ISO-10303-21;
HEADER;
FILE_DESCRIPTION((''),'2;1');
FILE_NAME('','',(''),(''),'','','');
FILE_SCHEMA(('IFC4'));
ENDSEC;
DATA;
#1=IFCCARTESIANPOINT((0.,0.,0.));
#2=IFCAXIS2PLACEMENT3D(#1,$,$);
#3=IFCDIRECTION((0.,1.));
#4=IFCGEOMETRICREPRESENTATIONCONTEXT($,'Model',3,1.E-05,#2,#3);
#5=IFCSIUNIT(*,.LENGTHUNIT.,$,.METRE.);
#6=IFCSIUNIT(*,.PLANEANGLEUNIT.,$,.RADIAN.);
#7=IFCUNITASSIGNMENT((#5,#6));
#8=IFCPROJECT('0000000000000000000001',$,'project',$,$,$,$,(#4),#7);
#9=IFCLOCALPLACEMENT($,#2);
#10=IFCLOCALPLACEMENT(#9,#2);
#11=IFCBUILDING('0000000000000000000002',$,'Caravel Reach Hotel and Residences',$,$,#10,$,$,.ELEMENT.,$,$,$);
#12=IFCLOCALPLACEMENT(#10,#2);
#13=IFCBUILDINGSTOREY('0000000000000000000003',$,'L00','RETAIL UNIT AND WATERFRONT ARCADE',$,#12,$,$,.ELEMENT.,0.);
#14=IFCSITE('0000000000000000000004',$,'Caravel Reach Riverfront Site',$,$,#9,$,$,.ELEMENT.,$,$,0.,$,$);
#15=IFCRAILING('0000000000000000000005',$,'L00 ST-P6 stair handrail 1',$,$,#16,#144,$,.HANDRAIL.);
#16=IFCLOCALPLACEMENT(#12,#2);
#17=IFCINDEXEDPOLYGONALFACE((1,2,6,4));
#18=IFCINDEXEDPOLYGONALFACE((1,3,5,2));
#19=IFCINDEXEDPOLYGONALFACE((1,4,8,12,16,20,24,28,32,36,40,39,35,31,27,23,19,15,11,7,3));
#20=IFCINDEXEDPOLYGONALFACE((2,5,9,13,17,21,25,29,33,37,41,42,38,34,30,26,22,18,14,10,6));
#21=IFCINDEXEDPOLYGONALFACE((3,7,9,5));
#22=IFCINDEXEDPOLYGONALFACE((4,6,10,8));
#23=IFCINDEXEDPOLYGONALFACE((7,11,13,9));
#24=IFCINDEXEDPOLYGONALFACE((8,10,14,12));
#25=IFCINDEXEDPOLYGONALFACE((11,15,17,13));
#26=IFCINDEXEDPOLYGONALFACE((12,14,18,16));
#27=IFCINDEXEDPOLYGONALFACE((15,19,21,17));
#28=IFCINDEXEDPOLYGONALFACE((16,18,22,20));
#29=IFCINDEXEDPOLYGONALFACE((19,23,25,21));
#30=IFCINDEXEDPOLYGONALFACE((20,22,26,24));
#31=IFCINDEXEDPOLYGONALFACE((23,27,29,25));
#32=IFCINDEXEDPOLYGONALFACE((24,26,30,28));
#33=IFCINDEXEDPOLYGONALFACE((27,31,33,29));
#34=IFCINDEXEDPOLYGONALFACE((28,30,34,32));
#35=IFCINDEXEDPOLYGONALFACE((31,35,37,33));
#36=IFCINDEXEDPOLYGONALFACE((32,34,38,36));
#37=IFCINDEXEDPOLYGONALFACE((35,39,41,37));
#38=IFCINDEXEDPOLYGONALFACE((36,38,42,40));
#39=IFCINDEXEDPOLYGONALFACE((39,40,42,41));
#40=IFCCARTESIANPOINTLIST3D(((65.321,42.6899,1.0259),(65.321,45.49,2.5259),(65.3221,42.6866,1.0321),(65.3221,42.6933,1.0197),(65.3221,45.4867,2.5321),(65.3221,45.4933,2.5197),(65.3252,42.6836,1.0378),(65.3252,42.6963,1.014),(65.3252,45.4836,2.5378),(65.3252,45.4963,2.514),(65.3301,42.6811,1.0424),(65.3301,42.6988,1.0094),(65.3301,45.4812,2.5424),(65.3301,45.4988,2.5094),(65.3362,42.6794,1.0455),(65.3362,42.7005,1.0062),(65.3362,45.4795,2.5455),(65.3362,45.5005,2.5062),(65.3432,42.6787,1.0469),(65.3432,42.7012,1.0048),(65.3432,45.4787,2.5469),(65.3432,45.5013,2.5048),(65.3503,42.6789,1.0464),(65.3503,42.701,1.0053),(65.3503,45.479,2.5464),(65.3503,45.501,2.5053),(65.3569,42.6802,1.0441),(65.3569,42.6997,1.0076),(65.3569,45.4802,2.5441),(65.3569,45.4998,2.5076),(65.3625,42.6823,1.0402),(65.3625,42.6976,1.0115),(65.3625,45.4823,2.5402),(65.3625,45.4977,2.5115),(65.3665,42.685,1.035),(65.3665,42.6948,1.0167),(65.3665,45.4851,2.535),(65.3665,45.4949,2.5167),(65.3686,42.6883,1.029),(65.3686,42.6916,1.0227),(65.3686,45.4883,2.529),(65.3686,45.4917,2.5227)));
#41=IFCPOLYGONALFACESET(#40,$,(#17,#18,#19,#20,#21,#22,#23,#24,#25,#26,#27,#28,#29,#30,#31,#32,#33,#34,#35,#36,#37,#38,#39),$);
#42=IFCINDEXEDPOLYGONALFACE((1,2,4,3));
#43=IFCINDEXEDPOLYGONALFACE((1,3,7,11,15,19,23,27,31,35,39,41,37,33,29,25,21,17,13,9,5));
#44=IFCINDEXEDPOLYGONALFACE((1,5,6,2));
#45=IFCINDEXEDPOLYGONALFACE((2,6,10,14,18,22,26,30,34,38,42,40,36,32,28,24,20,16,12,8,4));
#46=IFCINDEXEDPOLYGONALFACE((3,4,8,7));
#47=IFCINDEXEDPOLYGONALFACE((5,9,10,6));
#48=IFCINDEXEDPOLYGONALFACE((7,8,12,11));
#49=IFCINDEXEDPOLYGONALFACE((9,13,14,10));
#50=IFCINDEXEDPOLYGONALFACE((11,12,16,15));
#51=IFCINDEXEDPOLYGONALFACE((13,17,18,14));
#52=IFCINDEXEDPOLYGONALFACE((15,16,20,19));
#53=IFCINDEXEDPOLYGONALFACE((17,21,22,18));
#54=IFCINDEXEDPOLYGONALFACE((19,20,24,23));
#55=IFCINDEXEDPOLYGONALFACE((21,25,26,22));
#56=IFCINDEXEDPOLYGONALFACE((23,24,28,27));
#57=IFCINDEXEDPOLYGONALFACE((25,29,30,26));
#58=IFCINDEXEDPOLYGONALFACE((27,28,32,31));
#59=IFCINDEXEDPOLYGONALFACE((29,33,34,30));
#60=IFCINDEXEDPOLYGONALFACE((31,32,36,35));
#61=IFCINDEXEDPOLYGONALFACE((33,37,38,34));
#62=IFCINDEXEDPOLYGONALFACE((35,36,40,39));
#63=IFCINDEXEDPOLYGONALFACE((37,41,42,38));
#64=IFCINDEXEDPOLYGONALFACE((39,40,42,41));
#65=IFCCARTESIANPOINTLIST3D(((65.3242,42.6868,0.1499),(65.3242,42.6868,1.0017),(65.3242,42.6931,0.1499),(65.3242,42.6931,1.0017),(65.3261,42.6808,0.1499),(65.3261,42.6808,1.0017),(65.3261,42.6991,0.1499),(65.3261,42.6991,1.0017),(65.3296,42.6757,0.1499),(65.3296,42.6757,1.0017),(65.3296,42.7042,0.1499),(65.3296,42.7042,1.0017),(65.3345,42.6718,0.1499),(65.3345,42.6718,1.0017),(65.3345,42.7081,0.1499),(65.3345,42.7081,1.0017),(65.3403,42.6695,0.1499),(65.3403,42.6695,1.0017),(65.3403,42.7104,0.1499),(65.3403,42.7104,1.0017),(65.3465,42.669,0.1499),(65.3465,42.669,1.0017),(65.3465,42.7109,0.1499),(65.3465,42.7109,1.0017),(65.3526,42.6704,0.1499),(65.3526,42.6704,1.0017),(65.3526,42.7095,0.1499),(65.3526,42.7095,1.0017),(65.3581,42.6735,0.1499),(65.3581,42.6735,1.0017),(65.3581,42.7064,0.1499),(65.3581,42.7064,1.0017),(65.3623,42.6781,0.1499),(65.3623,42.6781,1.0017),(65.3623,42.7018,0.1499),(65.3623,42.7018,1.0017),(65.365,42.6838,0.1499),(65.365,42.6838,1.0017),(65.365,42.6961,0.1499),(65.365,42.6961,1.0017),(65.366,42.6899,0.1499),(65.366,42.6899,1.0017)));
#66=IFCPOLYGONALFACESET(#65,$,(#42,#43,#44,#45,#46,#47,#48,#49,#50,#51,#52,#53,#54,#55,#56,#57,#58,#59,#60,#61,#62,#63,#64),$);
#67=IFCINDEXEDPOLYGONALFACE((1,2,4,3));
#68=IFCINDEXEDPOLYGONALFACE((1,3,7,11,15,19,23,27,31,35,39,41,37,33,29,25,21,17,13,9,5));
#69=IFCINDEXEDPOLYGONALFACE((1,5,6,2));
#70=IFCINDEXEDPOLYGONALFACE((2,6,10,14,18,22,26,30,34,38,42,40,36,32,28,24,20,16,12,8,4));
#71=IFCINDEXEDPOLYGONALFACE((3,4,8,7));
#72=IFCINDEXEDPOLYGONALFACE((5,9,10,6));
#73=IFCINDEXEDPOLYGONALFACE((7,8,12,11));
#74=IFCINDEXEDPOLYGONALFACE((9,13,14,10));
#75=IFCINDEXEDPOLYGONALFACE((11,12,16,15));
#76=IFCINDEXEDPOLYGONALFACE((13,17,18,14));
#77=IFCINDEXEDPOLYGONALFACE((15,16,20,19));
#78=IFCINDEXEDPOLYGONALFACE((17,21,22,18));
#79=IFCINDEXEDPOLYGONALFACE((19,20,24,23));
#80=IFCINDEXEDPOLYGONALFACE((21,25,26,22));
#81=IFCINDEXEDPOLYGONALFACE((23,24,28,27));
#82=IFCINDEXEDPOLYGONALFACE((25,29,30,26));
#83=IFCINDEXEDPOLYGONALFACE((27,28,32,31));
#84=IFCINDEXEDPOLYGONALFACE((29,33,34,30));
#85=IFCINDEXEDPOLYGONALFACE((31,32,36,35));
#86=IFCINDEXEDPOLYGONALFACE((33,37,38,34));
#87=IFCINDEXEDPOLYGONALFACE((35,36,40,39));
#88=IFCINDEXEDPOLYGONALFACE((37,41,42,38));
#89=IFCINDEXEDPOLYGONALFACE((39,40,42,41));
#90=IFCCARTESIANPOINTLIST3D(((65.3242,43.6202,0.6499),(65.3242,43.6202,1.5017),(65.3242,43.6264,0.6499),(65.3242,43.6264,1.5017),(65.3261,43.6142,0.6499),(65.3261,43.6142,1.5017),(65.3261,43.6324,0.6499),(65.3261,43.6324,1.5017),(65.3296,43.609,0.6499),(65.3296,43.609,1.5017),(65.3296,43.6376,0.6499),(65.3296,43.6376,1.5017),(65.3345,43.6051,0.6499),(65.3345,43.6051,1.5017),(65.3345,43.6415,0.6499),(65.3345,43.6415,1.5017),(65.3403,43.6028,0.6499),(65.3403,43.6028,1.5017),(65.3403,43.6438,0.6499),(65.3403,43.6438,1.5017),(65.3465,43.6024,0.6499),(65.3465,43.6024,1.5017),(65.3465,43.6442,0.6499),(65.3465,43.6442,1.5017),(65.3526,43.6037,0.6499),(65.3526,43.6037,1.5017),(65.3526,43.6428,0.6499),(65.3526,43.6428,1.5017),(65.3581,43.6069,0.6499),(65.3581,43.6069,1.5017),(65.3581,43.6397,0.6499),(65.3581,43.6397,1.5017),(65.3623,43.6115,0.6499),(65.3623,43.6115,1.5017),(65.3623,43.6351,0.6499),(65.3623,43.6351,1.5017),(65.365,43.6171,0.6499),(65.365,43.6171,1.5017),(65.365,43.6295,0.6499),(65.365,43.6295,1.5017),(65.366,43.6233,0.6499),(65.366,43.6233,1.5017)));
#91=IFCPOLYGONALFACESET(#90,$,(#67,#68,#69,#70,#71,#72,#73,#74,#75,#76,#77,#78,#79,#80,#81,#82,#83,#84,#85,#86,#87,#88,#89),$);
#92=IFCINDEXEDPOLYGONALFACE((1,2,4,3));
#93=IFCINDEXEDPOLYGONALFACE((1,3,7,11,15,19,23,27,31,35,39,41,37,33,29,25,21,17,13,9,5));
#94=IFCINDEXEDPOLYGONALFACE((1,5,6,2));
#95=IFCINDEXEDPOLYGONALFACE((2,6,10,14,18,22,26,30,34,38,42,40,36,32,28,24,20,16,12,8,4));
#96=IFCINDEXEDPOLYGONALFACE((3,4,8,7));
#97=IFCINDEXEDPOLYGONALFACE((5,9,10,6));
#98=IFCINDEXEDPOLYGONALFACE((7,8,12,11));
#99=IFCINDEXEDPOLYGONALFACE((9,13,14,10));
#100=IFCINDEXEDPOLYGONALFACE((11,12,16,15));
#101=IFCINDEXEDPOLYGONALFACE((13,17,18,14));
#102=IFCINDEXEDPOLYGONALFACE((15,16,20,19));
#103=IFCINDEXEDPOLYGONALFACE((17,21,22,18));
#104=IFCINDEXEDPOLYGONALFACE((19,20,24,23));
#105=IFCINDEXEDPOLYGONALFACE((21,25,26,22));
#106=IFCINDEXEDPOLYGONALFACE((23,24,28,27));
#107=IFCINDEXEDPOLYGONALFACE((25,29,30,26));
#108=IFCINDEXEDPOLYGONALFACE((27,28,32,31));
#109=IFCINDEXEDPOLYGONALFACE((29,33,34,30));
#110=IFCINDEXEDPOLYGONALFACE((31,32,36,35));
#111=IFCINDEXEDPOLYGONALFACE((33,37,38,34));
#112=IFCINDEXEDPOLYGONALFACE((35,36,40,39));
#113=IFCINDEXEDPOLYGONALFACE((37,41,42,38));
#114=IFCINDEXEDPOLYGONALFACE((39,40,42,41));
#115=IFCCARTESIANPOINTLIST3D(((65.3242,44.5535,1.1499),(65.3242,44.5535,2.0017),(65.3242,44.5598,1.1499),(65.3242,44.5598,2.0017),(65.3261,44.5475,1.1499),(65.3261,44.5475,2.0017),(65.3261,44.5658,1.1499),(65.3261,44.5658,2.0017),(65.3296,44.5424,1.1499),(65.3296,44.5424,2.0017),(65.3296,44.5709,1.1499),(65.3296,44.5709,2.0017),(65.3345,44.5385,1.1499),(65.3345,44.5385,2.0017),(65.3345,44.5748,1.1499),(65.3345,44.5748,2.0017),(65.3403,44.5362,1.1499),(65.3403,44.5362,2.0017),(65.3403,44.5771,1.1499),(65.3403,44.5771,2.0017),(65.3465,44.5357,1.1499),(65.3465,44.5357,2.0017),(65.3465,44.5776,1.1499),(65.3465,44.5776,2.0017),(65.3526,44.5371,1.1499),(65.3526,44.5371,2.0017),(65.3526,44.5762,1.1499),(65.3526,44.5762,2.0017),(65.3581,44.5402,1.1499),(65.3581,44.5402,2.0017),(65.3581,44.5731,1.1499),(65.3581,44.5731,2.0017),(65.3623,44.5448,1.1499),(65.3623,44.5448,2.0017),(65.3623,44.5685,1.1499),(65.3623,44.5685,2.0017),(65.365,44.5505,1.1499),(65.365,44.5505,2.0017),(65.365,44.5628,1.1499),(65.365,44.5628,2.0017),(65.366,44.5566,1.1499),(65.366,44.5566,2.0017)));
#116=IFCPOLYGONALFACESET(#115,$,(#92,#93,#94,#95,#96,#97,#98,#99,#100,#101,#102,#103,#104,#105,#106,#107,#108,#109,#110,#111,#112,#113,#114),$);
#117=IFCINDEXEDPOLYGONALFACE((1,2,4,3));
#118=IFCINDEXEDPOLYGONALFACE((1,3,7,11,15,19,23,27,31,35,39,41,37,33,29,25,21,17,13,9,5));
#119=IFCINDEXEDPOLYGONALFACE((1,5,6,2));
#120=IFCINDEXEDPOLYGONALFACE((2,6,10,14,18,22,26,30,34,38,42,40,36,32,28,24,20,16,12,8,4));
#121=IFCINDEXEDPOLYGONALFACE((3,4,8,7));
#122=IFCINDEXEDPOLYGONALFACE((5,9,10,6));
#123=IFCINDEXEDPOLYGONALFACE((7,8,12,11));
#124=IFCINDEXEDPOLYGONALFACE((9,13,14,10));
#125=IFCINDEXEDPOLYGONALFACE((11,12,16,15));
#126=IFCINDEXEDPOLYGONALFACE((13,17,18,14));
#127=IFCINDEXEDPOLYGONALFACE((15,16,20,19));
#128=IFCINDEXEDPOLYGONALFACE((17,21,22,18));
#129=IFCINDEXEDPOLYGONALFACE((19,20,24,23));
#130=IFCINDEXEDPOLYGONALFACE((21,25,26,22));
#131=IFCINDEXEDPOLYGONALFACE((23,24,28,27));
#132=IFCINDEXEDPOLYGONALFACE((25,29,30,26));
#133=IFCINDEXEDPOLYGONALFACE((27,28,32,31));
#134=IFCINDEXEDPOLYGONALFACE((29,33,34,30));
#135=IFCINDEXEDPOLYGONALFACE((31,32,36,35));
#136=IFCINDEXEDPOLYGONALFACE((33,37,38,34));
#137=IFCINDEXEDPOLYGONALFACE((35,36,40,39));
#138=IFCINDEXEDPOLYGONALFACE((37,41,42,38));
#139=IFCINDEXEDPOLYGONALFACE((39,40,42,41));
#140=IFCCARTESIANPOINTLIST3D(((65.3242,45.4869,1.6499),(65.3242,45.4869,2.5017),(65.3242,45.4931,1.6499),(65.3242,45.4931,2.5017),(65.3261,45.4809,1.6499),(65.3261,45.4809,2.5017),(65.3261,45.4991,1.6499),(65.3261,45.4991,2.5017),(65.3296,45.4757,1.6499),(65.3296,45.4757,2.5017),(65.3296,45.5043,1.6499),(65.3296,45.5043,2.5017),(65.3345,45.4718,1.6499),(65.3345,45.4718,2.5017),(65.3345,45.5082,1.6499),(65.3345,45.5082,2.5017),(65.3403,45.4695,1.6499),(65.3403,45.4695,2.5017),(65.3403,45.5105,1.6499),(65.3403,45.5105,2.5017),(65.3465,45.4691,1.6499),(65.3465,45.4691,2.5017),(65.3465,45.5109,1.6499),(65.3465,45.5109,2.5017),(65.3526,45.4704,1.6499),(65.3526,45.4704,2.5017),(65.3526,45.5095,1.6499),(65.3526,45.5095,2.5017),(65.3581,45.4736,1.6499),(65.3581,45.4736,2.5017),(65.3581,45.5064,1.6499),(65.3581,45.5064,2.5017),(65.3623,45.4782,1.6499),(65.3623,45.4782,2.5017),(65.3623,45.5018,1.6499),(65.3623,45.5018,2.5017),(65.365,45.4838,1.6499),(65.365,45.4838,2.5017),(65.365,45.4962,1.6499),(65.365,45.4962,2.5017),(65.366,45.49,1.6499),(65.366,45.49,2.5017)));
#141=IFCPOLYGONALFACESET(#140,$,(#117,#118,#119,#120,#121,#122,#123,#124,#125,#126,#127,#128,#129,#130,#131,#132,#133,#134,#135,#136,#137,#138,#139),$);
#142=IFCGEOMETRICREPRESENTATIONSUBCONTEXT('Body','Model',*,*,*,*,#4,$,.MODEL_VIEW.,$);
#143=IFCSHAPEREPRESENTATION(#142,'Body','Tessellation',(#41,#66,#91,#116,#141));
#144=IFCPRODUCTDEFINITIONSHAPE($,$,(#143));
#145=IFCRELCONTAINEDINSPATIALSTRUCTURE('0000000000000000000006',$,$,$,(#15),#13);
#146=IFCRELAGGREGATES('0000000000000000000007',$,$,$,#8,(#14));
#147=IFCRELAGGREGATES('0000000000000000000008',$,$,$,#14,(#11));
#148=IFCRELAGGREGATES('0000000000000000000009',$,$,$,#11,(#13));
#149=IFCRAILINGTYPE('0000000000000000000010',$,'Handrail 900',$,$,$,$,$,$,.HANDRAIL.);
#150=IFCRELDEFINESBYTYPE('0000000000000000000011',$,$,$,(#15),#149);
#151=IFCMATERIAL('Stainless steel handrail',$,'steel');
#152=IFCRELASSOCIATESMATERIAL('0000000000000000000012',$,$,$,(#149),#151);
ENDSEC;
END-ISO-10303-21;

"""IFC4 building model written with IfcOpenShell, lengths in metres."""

from ifc_helpers import new_model, si_unit, direction, frame, origin, origin_2d, place, context, subcontext, project, spatial, circle, extrude, material, type_object, element, save


model = new_model("IFC4")

# Units and contexts
model_context = context("Model", 3, precision=1e-05, world=origin(), true_north=direction((0.0, 1.0)))
body_context = subcontext(model_context, "Body", "Model", "MODEL_VIEW")
ifc_project = project(units=[si_unit("LENGTHUNIT", "METRE"), si_unit("PLANEANGLEUNIT", "RADIAN")], contexts=[model_context])

# Site, building, storey
site_placement = place(None, origin())
site = spatial("IfcSite", under=ifc_project, at=site_placement, Name="Caravel Reach Riverfront Site", CompositionType="ELEMENT", RefElevation=0.0)
building_placement = place(site_placement, origin())
building = spatial("IfcBuilding", under=site, at=building_placement, Name="Caravel Reach Hotel and Residences", CompositionType="ELEMENT")
storey_placement = place(building_placement, origin())
storey = spatial("IfcBuildingStorey", under=building, at=storey_placement, Name="L00", Description="RETAIL UNIT AND WATERFRONT ARCADE", CompositionType="ELEMENT", Elevation=0.0)

# Railing
ifc_material_1 = material(Name="Stainless steel handrail", Category="steel")
railing_type_1 = type_object("IfcRailingType", Name="Handrail 900", PredefinedType="HANDRAIL", material=ifc_material_1)
for number, where, name in (
    (1, (65.345, 42.6899, 0.1499), "L00 ST-P6 stair handrail 1"),
):
    element("IfcRailing", number, at=place(storey_placement, frame(where)), inside=storey, type_object=railing_type_1, Name=name, PredefinedType="HANDRAIL", context=body_context, shape_type="SweptSolid", body=[
        extrude(circle(Radius=0.0239, at=origin_2d()), frame((0.0, 0.0, 0.876), z_axis=(0.0, 0.881483, 0.472215), x_axis=(-1.0, 0.0, 0.0)), (0.0, 0.0, 1.0), 3.1765),
        extrude(circle(Radius=0.021, at=origin_2d()), origin(), (0.0, 0.0, 1.0), 0.8518),
        extrude(circle(Radius=0.021, at=origin_2d()), frame((0.0, 0.9333, 0.5)), (0.0, 0.0, 1.0), 0.8518),
        extrude(circle(Radius=0.021, at=origin_2d()), frame((0.0, 1.8667, 1.0)), (0.0, 0.0, 1.0), 0.8518),
        extrude(circle(Radius=0.021, at=origin_2d()), frame((0.0, 2.8, 1.5)), (0.0, 0.0, 1.0), 0.8518),
    ])

save(model, "model.ifc")
